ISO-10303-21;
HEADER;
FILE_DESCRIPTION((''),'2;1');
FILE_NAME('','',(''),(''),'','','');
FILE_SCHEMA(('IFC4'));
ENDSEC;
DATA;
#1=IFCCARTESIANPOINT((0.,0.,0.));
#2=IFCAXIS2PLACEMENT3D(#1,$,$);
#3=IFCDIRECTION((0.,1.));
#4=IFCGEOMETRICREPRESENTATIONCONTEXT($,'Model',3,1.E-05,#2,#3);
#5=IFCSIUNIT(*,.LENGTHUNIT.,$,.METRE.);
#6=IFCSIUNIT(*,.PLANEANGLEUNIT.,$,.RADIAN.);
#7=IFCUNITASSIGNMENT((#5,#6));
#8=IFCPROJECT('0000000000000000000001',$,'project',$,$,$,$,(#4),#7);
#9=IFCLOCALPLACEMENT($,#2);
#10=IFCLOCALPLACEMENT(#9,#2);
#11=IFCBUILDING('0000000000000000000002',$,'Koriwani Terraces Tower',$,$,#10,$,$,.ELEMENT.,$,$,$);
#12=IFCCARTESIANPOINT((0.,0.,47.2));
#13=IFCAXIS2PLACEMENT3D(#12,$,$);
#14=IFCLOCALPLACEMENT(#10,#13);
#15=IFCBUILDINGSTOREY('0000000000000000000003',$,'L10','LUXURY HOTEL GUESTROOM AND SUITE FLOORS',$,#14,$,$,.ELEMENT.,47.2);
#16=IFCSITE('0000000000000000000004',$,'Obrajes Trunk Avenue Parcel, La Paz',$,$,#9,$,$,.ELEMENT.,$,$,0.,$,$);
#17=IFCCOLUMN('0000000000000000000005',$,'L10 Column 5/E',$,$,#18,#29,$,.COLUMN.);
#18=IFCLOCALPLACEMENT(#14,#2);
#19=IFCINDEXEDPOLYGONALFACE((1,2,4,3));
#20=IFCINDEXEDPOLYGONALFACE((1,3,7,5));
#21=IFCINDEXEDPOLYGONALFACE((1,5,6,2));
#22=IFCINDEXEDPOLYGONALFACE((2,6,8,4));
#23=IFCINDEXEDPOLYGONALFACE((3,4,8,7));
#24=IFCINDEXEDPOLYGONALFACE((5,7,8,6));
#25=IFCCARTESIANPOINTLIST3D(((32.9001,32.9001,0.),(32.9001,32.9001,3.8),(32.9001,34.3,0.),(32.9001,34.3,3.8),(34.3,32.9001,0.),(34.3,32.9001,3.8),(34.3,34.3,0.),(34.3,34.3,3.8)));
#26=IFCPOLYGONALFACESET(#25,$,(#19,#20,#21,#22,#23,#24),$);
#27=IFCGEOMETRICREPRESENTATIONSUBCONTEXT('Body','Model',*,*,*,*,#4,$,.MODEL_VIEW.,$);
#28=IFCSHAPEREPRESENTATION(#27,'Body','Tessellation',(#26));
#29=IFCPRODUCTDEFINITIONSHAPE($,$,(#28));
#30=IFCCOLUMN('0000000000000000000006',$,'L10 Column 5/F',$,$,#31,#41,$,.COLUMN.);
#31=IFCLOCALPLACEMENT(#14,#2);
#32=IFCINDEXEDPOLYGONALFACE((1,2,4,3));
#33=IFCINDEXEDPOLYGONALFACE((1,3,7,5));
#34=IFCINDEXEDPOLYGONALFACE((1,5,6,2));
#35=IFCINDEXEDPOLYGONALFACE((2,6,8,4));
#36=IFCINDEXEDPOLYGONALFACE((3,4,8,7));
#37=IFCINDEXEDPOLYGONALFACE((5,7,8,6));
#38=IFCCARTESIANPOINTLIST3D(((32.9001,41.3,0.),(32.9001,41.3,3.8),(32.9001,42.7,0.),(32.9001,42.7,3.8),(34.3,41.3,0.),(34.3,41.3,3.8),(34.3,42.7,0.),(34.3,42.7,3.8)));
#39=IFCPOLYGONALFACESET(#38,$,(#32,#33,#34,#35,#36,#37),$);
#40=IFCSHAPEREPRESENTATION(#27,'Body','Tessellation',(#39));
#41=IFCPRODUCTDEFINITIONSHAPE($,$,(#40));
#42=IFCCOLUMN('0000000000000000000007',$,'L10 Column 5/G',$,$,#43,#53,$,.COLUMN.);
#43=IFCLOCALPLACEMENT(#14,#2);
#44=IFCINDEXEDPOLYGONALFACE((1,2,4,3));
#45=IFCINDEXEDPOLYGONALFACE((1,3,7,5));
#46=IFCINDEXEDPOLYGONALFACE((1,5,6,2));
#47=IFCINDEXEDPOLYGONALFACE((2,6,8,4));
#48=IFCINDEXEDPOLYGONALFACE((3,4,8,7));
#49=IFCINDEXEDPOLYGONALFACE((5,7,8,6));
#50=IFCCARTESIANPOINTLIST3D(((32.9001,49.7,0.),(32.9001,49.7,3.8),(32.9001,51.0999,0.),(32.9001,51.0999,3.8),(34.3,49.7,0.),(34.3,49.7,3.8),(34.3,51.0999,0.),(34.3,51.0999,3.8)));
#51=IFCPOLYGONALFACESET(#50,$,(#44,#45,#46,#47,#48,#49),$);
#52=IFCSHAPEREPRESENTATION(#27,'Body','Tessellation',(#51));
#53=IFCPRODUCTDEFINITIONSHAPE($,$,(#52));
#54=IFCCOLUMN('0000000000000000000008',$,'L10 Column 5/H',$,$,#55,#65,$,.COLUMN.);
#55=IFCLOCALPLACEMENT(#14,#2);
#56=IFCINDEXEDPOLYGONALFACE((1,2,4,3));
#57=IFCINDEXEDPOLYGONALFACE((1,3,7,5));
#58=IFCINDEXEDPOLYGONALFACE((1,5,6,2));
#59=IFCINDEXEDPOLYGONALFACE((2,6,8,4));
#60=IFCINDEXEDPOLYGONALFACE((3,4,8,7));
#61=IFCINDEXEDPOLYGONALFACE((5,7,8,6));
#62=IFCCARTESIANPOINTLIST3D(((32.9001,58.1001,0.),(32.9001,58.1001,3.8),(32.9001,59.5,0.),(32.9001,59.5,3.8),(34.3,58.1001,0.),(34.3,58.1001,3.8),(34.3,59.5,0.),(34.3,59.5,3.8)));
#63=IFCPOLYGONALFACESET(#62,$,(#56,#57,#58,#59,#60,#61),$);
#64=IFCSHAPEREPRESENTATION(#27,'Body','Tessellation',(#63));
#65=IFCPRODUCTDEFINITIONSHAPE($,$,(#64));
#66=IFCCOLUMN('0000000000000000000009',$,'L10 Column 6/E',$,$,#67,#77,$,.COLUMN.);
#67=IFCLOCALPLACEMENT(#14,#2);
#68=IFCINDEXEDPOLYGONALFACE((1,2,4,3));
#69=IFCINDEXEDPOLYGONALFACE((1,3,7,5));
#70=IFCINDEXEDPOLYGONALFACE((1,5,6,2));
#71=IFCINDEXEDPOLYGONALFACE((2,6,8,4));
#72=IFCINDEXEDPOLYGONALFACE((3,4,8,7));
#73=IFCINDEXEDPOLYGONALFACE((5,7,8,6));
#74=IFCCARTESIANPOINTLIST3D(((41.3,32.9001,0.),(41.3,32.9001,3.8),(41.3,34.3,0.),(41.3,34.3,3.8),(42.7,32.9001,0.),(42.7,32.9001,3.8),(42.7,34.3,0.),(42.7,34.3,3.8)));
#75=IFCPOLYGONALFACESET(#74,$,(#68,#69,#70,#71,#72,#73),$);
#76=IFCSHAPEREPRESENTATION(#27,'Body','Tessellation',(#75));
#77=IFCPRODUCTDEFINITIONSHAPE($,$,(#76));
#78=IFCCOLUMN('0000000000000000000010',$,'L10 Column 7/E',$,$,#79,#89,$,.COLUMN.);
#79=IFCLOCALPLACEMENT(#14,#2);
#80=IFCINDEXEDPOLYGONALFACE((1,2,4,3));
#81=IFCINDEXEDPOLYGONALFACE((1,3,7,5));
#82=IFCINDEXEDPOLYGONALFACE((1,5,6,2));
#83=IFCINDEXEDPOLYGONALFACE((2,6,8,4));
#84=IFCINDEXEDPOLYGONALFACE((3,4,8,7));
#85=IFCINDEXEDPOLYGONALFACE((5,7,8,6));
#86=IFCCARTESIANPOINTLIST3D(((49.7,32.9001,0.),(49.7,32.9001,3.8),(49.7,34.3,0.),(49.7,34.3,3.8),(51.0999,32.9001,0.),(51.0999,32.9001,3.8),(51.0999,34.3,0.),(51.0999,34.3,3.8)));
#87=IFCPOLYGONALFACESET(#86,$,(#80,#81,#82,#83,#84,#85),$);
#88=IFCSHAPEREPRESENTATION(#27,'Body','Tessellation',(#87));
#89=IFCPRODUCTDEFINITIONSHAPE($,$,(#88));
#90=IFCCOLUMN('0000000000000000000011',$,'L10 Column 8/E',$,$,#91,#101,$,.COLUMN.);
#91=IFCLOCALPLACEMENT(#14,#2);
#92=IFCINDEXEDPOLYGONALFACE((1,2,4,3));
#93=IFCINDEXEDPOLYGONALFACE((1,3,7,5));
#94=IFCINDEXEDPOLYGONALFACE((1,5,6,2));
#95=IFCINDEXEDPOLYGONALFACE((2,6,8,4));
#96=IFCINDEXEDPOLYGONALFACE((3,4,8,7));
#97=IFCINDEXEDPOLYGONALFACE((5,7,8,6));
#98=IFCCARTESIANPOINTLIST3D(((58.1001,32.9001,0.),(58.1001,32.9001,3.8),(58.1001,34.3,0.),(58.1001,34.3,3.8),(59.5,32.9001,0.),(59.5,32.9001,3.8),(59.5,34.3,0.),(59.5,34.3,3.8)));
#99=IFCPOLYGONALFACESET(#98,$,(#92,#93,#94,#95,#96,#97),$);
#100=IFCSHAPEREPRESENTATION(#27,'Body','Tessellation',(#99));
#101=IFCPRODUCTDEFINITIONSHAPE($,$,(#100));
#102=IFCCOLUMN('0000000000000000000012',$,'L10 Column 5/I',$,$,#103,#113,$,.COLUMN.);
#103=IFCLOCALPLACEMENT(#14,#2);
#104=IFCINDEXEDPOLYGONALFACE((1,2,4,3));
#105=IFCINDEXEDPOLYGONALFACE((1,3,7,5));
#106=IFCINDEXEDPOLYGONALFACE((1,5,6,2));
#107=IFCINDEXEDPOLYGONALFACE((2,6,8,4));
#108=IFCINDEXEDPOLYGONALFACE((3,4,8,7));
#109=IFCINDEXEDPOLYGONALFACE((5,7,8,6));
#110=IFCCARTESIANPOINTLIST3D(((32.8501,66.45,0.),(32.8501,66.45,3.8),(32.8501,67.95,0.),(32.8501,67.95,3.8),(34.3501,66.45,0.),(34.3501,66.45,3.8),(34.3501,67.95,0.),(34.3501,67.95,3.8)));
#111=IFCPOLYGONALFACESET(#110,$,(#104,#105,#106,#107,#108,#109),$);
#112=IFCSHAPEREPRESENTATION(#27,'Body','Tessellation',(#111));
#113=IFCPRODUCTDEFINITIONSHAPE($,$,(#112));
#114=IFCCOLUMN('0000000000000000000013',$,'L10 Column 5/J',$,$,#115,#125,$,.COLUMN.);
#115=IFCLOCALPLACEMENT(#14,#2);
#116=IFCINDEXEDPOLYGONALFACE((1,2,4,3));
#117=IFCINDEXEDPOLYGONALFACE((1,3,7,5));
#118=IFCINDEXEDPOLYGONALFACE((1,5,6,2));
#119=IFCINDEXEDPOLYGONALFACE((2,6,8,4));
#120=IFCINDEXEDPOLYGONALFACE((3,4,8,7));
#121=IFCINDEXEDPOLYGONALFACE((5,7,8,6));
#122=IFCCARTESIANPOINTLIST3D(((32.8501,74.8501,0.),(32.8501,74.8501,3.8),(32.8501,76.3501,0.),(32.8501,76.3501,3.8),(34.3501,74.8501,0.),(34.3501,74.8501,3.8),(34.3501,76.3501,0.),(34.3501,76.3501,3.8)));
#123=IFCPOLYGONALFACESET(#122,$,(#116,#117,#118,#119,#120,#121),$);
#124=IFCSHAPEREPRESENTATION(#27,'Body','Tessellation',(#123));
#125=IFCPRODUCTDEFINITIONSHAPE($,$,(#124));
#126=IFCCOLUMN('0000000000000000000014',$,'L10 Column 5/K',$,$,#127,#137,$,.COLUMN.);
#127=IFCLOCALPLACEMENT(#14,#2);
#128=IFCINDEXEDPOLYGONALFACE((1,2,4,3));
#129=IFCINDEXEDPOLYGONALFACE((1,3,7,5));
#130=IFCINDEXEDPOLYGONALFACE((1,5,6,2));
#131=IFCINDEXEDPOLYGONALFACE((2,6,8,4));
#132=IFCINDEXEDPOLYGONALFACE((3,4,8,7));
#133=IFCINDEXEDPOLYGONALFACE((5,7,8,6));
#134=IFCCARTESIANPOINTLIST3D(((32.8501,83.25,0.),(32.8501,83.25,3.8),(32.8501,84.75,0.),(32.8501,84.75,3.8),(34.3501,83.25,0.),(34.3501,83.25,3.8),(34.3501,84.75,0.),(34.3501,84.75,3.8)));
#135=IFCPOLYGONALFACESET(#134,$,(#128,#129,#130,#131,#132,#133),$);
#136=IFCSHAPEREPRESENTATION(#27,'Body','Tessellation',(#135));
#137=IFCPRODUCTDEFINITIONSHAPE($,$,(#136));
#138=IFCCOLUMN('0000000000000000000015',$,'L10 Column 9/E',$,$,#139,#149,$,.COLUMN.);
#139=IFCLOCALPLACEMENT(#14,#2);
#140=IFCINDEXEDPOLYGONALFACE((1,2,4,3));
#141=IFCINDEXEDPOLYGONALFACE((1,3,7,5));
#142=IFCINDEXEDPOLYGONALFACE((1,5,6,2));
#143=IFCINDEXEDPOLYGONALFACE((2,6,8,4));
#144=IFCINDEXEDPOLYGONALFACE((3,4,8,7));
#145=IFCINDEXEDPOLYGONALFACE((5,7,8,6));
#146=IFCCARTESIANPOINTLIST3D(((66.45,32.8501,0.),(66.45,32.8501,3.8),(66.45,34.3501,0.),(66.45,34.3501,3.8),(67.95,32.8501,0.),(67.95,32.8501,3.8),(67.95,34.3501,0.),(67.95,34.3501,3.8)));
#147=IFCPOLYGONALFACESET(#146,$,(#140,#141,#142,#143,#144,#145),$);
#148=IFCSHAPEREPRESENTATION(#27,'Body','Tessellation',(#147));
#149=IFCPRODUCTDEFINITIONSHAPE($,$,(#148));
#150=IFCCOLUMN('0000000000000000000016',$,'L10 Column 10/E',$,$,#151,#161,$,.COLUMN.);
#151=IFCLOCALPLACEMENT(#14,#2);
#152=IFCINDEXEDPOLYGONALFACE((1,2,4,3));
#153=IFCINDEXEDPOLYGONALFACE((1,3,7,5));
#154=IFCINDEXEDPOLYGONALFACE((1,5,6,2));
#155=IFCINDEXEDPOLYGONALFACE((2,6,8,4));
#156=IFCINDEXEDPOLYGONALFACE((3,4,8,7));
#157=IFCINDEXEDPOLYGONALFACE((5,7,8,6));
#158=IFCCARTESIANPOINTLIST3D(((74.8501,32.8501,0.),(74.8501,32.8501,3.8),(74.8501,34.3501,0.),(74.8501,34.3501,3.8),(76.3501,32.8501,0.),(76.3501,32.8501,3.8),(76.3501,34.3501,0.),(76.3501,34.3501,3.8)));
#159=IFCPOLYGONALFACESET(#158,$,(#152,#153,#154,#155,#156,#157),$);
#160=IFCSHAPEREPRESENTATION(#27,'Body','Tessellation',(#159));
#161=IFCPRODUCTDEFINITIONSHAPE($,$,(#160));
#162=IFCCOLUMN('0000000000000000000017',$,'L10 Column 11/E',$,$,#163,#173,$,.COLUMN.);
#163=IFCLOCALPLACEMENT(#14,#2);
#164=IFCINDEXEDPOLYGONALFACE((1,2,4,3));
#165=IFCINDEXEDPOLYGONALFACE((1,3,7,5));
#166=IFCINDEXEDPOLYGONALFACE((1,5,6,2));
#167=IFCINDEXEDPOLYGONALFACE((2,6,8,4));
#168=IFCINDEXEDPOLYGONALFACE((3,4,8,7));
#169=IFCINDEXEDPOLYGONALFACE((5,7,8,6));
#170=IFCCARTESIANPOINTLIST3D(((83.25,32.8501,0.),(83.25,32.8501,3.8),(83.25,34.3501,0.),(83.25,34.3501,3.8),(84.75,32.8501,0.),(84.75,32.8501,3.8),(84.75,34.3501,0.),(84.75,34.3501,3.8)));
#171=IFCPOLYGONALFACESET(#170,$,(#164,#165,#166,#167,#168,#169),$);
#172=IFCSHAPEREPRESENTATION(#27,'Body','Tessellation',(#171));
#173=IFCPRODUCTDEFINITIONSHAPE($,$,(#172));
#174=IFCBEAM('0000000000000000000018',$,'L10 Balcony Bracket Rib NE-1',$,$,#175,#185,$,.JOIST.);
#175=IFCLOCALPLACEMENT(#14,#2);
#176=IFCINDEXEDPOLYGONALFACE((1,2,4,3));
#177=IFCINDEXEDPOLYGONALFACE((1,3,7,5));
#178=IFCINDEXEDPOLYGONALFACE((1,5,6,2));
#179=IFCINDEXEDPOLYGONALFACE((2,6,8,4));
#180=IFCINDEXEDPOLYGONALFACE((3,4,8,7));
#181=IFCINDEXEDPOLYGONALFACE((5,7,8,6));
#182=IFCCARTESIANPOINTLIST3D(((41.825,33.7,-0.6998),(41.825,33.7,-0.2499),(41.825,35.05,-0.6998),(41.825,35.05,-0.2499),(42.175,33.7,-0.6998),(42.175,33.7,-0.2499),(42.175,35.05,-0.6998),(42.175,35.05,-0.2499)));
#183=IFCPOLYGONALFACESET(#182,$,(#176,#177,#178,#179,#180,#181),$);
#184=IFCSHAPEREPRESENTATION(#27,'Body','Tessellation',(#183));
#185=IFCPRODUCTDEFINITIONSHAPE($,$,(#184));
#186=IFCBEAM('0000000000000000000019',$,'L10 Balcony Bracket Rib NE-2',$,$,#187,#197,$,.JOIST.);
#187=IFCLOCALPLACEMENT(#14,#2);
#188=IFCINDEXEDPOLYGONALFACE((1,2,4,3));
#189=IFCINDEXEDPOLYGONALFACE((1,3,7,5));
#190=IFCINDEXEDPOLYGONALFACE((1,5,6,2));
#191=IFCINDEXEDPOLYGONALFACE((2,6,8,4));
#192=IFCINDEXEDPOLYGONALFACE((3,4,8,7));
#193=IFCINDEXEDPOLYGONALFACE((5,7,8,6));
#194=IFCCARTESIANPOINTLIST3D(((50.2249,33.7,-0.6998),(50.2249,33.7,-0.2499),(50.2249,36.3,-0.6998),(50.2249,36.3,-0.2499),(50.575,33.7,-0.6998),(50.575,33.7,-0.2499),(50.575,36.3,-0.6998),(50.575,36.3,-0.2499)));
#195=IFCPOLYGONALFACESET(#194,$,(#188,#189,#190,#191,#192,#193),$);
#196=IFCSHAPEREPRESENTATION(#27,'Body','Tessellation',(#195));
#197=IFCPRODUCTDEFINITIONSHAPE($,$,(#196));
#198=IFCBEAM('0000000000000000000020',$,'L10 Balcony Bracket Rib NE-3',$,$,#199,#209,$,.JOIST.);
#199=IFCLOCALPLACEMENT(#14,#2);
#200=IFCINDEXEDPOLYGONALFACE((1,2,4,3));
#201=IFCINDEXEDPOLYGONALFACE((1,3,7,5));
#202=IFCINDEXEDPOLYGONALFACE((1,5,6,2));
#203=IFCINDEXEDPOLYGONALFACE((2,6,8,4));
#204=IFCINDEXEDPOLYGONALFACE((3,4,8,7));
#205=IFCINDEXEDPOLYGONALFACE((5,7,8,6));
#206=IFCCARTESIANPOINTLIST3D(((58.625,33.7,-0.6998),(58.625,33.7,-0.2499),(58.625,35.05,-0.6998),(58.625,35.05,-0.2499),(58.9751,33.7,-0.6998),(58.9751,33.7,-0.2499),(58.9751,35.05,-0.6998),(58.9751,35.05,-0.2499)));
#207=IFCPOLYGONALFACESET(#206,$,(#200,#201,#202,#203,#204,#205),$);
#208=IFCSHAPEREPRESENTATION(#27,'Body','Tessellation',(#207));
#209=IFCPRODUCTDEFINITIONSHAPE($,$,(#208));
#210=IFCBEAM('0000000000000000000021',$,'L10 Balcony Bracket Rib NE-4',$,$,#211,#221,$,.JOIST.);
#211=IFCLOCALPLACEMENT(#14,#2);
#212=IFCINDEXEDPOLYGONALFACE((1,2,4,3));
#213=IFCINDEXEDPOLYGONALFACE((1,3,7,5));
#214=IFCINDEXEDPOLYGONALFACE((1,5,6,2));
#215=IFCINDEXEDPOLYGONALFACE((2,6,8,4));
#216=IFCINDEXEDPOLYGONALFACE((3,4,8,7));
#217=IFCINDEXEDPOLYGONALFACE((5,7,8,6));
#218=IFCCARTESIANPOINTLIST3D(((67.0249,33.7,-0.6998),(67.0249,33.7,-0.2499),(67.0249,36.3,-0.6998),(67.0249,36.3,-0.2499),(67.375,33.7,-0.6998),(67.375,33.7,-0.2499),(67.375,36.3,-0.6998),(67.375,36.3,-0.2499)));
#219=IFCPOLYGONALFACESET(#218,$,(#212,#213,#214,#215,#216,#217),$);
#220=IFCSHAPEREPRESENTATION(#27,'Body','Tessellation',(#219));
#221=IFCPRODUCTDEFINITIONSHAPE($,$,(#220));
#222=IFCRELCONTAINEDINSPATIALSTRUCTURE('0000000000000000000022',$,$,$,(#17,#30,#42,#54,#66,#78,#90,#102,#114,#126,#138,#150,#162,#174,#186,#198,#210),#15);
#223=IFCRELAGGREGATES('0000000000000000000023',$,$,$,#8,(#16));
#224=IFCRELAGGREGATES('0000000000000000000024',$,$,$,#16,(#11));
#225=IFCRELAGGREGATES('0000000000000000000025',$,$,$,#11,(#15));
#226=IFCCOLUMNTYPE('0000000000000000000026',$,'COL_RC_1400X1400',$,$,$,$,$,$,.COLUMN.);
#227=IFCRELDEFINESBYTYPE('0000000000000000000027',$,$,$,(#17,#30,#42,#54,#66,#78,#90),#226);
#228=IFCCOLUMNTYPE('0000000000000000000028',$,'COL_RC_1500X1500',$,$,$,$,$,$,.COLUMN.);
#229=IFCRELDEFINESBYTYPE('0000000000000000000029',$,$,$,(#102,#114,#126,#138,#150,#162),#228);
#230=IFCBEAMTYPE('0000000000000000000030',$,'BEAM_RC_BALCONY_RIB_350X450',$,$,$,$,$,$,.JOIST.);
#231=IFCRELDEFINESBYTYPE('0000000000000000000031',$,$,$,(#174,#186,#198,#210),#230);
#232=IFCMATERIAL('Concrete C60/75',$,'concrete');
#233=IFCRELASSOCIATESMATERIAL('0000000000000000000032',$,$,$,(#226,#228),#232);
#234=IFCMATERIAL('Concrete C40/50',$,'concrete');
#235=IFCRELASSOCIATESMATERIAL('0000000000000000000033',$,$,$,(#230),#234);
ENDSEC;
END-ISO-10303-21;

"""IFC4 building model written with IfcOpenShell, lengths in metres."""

from ifc_helpers import new_model, si_unit, direction, frame, origin, origin_2d, place, context, subcontext, project, spatial, rectangle, extrude, material, material_profile, profile_set, type_object, element, save


model = new_model("IFC4")

# Units and contexts
model_context = context("Model", 3, precision=1e-05, world=origin(), true_north=direction((0.0, 1.0)))
body_context = subcontext(model_context, "Body", "Model", "MODEL_VIEW")
ifc_project = project(units=[si_unit("LENGTHUNIT", "METRE"), si_unit("PLANEANGLEUNIT", "RADIAN")], contexts=[model_context])

# Site, building, storey
site_placement = place(None, origin())
site = spatial("IfcSite", under=ifc_project, at=site_placement, Name="Obrajes Trunk Avenue Parcel, La Paz", CompositionType="ELEMENT", RefElevation=0.0)
building_placement = place(site_placement, origin())
building = spatial("IfcBuilding", under=site, at=building_placement, Name="Koriwani Terraces Tower", CompositionType="ELEMENT")
storey_placement = place(building_placement, frame((0.0, 0.0, 47.2)))
storey = spatial("IfcBuildingStorey", under=building, at=storey_placement, Name="L10", Description="LUXURY HOTEL GUESTROOM AND SUITE FLOORS", CompositionType="ELEMENT", Elevation=47.2)

# Columns
ifc_material_1 = material(Name="Concrete C60/75", Category="concrete")
ifc_material_profile_1 = material_profile(ifc_material_1, rectangle(XDim=1.3999, YDim=1.3999, at=origin_2d()), Name="Concrete C60/75", Category="LoadBearing")
ifc_profile_set_1 = profile_set([ifc_material_profile_1], Name="Concrete C60/75")
column_type_1 = type_object("IfcColumnType", Name="COL_RC_1400X1400", PredefinedType="COLUMN", material=ifc_profile_set_1)
for number, where, z_axis, x_axis, name in (
    (1, (33.6001, 33.6001, 0.0), (0.0, 0.0, 1.0), (1.0, 0.0, 0.0), "L10 Column 5/E"),
    (2, (33.6001, 42.0, 0.0), (0.0, 0.0, 1.0), (1.0, 0.0, 0.0), "L10 Column 5/F"),
    (3, (33.6001, 50.3999, 0.0), (0.0, 0.0, 1.0), (1.0, 0.0, 0.0), "L10 Column 5/G"),
    (4, (33.6001, 58.8, 0.0), (0.0, 0.0, 1.0), (1.0, 0.0, 0.0), "L10 Column 5/H"),
    (5, (42.0, 33.6001, 0.0), (0.0, 0.0, 1.0), (1.0, 0.0, 0.0), "L10 Column 6/E"),
    (6, (50.3999, 33.6001, 0.0), (0.0, 0.0, 1.0), (1.0, 0.0, 0.0), "L10 Column 7/E"),
    (7, (58.8, 33.6001, 0.0), (0.0, 0.0, 1.0), (1.0, 0.0, 0.0), "L10 Column 8/E"),
):
    element("IfcColumn", number, at=place(storey_placement, frame(where, z_axis=z_axis, x_axis=x_axis)), inside=storey, type_object=column_type_1, Name=name, PredefinedType="COLUMN", context=body_context, shape_type="SweptSolid", body=[
        extrude(rectangle(XDim=1.3999, YDim=1.3999, at=origin_2d()), origin(), (0.0, 0.0, 1.0), 3.8),
    ])
ifc_material_profile_2 = material_profile(ifc_material_1, rectangle(XDim=1.5, YDim=1.5, at=origin_2d()), Name="Concrete C60/75", Category="LoadBearing")
ifc_profile_set_2 = profile_set([ifc_material_profile_2], Name="Concrete C60/75")
column_type_2 = type_object("IfcColumnType", Name="COL_RC_1500X1500", PredefinedType="COLUMN", material=ifc_profile_set_2)
for number, where, z_axis, x_axis, name in (
    (8, (33.6001, 67.2, 0.0), (0.0, 0.0, 1.0), (1.0, 0.0, 0.0), "L10 Column 5/I"),
    (9, (33.6001, 75.6001, 0.0), (0.0, 0.0, 1.0), (1.0, 0.0, 0.0), "L10 Column 5/J"),
    (10, (33.6001, 84.0, 0.0), (0.0, 0.0, 1.0), (1.0, 0.0, 0.0), "L10 Column 5/K"),
    (11, (67.2, 33.6001, 0.0), (0.0, 0.0, 1.0), (1.0, 0.0, 0.0), "L10 Column 9/E"),
    (12, (75.6001, 33.6001, 0.0), (0.0, 0.0, 1.0), (1.0, 0.0, 0.0), "L10 Column 10/E"),
    (13, (84.0, 33.6001, 0.0), (0.0, 0.0, 1.0), (1.0, 0.0, 0.0), "L10 Column 11/E"),
):
    element("IfcColumn", number, at=place(storey_placement, frame(where, z_axis=z_axis, x_axis=x_axis)), inside=storey, type_object=column_type_2, Name=name, PredefinedType="COLUMN", context=body_context, shape_type="SweptSolid", body=[
        extrude(rectangle(XDim=1.5, YDim=1.5, at=origin_2d()), origin(), (0.0, 0.0, 1.0), 3.8),
    ])

# Beams
ifc_material_2 = material(Name="Concrete C40/50", Category="concrete")
ifc_material_profile_3 = material_profile(ifc_material_2, rectangle(XDim=0.3501, YDim=0.45, at=origin_2d()), Name="Concrete C40/50", Category="LoadBearing")
ifc_profile_set_3 = profile_set([ifc_material_profile_3], Name="Concrete C40/50")
beam_type_1 = type_object("IfcBeamType", Name="BEAM_RC_BALCONY_RIB_350X450", PredefinedType="JOIST", material=ifc_profile_set_3)
beam_1_placement = place(storey_placement, frame((42.0, 33.7, -0.4749), z_axis=(0.0, 1.0, 0.0), x_axis=(-1.0, 0.0, 0.0)))
element("IfcBeam", 14, at=beam_1_placement, inside=storey, type_object=beam_type_1, Name="L10 Balcony Bracket Rib NE-1", PredefinedType="JOIST", context=body_context, shape_type="SweptSolid", body=[
    extrude(rectangle(XDim=0.3501, YDim=0.45, at=origin_2d()), origin(), (0.0, 0.0, 1.0), 1.3501),
])
beam_2_placement = place(storey_placement, frame((50.3999, 33.7, -0.4749), z_axis=(0.0, 1.0, 0.0), x_axis=(-1.0, 0.0, 0.0)))
element("IfcBeam", 15, at=beam_2_placement, inside=storey, type_object=beam_type_1, Name="L10 Balcony Bracket Rib NE-2", PredefinedType="JOIST", context=body_context, shape_type="SweptSolid", body=[
    extrude(rectangle(XDim=0.3501, YDim=0.45, at=origin_2d()), origin(), (0.0, 0.0, 1.0), 2.6001),
])
beam_3_placement = place(storey_placement, frame((58.8, 33.7, -0.4749), z_axis=(0.0, 1.0, 0.0), x_axis=(-1.0, 0.0, 0.0)))
element("IfcBeam", 16, at=beam_3_placement, inside=storey, type_object=beam_type_1, Name="L10 Balcony Bracket Rib NE-3", PredefinedType="JOIST", context=body_context, shape_type="SweptSolid", body=[
    extrude(rectangle(XDim=0.3501, YDim=0.45, at=origin_2d()), origin(), (0.0, 0.0, 1.0), 1.3501),
])
beam_4_placement = place(storey_placement, frame((67.2, 33.7, -0.4749), z_axis=(0.0, 1.0, 0.0), x_axis=(-1.0, 0.0, 0.0)))
element("IfcBeam", 17, at=beam_4_placement, inside=storey, type_object=beam_type_1, Name="L10 Balcony Bracket Rib NE-4", PredefinedType="JOIST", context=body_context, shape_type="SweptSolid", body=[
    extrude(rectangle(XDim=0.3501, YDim=0.45, at=origin_2d()), origin(), (0.0, 0.0, 1.0), 2.6001),
])

save(model, "model.ifc")
